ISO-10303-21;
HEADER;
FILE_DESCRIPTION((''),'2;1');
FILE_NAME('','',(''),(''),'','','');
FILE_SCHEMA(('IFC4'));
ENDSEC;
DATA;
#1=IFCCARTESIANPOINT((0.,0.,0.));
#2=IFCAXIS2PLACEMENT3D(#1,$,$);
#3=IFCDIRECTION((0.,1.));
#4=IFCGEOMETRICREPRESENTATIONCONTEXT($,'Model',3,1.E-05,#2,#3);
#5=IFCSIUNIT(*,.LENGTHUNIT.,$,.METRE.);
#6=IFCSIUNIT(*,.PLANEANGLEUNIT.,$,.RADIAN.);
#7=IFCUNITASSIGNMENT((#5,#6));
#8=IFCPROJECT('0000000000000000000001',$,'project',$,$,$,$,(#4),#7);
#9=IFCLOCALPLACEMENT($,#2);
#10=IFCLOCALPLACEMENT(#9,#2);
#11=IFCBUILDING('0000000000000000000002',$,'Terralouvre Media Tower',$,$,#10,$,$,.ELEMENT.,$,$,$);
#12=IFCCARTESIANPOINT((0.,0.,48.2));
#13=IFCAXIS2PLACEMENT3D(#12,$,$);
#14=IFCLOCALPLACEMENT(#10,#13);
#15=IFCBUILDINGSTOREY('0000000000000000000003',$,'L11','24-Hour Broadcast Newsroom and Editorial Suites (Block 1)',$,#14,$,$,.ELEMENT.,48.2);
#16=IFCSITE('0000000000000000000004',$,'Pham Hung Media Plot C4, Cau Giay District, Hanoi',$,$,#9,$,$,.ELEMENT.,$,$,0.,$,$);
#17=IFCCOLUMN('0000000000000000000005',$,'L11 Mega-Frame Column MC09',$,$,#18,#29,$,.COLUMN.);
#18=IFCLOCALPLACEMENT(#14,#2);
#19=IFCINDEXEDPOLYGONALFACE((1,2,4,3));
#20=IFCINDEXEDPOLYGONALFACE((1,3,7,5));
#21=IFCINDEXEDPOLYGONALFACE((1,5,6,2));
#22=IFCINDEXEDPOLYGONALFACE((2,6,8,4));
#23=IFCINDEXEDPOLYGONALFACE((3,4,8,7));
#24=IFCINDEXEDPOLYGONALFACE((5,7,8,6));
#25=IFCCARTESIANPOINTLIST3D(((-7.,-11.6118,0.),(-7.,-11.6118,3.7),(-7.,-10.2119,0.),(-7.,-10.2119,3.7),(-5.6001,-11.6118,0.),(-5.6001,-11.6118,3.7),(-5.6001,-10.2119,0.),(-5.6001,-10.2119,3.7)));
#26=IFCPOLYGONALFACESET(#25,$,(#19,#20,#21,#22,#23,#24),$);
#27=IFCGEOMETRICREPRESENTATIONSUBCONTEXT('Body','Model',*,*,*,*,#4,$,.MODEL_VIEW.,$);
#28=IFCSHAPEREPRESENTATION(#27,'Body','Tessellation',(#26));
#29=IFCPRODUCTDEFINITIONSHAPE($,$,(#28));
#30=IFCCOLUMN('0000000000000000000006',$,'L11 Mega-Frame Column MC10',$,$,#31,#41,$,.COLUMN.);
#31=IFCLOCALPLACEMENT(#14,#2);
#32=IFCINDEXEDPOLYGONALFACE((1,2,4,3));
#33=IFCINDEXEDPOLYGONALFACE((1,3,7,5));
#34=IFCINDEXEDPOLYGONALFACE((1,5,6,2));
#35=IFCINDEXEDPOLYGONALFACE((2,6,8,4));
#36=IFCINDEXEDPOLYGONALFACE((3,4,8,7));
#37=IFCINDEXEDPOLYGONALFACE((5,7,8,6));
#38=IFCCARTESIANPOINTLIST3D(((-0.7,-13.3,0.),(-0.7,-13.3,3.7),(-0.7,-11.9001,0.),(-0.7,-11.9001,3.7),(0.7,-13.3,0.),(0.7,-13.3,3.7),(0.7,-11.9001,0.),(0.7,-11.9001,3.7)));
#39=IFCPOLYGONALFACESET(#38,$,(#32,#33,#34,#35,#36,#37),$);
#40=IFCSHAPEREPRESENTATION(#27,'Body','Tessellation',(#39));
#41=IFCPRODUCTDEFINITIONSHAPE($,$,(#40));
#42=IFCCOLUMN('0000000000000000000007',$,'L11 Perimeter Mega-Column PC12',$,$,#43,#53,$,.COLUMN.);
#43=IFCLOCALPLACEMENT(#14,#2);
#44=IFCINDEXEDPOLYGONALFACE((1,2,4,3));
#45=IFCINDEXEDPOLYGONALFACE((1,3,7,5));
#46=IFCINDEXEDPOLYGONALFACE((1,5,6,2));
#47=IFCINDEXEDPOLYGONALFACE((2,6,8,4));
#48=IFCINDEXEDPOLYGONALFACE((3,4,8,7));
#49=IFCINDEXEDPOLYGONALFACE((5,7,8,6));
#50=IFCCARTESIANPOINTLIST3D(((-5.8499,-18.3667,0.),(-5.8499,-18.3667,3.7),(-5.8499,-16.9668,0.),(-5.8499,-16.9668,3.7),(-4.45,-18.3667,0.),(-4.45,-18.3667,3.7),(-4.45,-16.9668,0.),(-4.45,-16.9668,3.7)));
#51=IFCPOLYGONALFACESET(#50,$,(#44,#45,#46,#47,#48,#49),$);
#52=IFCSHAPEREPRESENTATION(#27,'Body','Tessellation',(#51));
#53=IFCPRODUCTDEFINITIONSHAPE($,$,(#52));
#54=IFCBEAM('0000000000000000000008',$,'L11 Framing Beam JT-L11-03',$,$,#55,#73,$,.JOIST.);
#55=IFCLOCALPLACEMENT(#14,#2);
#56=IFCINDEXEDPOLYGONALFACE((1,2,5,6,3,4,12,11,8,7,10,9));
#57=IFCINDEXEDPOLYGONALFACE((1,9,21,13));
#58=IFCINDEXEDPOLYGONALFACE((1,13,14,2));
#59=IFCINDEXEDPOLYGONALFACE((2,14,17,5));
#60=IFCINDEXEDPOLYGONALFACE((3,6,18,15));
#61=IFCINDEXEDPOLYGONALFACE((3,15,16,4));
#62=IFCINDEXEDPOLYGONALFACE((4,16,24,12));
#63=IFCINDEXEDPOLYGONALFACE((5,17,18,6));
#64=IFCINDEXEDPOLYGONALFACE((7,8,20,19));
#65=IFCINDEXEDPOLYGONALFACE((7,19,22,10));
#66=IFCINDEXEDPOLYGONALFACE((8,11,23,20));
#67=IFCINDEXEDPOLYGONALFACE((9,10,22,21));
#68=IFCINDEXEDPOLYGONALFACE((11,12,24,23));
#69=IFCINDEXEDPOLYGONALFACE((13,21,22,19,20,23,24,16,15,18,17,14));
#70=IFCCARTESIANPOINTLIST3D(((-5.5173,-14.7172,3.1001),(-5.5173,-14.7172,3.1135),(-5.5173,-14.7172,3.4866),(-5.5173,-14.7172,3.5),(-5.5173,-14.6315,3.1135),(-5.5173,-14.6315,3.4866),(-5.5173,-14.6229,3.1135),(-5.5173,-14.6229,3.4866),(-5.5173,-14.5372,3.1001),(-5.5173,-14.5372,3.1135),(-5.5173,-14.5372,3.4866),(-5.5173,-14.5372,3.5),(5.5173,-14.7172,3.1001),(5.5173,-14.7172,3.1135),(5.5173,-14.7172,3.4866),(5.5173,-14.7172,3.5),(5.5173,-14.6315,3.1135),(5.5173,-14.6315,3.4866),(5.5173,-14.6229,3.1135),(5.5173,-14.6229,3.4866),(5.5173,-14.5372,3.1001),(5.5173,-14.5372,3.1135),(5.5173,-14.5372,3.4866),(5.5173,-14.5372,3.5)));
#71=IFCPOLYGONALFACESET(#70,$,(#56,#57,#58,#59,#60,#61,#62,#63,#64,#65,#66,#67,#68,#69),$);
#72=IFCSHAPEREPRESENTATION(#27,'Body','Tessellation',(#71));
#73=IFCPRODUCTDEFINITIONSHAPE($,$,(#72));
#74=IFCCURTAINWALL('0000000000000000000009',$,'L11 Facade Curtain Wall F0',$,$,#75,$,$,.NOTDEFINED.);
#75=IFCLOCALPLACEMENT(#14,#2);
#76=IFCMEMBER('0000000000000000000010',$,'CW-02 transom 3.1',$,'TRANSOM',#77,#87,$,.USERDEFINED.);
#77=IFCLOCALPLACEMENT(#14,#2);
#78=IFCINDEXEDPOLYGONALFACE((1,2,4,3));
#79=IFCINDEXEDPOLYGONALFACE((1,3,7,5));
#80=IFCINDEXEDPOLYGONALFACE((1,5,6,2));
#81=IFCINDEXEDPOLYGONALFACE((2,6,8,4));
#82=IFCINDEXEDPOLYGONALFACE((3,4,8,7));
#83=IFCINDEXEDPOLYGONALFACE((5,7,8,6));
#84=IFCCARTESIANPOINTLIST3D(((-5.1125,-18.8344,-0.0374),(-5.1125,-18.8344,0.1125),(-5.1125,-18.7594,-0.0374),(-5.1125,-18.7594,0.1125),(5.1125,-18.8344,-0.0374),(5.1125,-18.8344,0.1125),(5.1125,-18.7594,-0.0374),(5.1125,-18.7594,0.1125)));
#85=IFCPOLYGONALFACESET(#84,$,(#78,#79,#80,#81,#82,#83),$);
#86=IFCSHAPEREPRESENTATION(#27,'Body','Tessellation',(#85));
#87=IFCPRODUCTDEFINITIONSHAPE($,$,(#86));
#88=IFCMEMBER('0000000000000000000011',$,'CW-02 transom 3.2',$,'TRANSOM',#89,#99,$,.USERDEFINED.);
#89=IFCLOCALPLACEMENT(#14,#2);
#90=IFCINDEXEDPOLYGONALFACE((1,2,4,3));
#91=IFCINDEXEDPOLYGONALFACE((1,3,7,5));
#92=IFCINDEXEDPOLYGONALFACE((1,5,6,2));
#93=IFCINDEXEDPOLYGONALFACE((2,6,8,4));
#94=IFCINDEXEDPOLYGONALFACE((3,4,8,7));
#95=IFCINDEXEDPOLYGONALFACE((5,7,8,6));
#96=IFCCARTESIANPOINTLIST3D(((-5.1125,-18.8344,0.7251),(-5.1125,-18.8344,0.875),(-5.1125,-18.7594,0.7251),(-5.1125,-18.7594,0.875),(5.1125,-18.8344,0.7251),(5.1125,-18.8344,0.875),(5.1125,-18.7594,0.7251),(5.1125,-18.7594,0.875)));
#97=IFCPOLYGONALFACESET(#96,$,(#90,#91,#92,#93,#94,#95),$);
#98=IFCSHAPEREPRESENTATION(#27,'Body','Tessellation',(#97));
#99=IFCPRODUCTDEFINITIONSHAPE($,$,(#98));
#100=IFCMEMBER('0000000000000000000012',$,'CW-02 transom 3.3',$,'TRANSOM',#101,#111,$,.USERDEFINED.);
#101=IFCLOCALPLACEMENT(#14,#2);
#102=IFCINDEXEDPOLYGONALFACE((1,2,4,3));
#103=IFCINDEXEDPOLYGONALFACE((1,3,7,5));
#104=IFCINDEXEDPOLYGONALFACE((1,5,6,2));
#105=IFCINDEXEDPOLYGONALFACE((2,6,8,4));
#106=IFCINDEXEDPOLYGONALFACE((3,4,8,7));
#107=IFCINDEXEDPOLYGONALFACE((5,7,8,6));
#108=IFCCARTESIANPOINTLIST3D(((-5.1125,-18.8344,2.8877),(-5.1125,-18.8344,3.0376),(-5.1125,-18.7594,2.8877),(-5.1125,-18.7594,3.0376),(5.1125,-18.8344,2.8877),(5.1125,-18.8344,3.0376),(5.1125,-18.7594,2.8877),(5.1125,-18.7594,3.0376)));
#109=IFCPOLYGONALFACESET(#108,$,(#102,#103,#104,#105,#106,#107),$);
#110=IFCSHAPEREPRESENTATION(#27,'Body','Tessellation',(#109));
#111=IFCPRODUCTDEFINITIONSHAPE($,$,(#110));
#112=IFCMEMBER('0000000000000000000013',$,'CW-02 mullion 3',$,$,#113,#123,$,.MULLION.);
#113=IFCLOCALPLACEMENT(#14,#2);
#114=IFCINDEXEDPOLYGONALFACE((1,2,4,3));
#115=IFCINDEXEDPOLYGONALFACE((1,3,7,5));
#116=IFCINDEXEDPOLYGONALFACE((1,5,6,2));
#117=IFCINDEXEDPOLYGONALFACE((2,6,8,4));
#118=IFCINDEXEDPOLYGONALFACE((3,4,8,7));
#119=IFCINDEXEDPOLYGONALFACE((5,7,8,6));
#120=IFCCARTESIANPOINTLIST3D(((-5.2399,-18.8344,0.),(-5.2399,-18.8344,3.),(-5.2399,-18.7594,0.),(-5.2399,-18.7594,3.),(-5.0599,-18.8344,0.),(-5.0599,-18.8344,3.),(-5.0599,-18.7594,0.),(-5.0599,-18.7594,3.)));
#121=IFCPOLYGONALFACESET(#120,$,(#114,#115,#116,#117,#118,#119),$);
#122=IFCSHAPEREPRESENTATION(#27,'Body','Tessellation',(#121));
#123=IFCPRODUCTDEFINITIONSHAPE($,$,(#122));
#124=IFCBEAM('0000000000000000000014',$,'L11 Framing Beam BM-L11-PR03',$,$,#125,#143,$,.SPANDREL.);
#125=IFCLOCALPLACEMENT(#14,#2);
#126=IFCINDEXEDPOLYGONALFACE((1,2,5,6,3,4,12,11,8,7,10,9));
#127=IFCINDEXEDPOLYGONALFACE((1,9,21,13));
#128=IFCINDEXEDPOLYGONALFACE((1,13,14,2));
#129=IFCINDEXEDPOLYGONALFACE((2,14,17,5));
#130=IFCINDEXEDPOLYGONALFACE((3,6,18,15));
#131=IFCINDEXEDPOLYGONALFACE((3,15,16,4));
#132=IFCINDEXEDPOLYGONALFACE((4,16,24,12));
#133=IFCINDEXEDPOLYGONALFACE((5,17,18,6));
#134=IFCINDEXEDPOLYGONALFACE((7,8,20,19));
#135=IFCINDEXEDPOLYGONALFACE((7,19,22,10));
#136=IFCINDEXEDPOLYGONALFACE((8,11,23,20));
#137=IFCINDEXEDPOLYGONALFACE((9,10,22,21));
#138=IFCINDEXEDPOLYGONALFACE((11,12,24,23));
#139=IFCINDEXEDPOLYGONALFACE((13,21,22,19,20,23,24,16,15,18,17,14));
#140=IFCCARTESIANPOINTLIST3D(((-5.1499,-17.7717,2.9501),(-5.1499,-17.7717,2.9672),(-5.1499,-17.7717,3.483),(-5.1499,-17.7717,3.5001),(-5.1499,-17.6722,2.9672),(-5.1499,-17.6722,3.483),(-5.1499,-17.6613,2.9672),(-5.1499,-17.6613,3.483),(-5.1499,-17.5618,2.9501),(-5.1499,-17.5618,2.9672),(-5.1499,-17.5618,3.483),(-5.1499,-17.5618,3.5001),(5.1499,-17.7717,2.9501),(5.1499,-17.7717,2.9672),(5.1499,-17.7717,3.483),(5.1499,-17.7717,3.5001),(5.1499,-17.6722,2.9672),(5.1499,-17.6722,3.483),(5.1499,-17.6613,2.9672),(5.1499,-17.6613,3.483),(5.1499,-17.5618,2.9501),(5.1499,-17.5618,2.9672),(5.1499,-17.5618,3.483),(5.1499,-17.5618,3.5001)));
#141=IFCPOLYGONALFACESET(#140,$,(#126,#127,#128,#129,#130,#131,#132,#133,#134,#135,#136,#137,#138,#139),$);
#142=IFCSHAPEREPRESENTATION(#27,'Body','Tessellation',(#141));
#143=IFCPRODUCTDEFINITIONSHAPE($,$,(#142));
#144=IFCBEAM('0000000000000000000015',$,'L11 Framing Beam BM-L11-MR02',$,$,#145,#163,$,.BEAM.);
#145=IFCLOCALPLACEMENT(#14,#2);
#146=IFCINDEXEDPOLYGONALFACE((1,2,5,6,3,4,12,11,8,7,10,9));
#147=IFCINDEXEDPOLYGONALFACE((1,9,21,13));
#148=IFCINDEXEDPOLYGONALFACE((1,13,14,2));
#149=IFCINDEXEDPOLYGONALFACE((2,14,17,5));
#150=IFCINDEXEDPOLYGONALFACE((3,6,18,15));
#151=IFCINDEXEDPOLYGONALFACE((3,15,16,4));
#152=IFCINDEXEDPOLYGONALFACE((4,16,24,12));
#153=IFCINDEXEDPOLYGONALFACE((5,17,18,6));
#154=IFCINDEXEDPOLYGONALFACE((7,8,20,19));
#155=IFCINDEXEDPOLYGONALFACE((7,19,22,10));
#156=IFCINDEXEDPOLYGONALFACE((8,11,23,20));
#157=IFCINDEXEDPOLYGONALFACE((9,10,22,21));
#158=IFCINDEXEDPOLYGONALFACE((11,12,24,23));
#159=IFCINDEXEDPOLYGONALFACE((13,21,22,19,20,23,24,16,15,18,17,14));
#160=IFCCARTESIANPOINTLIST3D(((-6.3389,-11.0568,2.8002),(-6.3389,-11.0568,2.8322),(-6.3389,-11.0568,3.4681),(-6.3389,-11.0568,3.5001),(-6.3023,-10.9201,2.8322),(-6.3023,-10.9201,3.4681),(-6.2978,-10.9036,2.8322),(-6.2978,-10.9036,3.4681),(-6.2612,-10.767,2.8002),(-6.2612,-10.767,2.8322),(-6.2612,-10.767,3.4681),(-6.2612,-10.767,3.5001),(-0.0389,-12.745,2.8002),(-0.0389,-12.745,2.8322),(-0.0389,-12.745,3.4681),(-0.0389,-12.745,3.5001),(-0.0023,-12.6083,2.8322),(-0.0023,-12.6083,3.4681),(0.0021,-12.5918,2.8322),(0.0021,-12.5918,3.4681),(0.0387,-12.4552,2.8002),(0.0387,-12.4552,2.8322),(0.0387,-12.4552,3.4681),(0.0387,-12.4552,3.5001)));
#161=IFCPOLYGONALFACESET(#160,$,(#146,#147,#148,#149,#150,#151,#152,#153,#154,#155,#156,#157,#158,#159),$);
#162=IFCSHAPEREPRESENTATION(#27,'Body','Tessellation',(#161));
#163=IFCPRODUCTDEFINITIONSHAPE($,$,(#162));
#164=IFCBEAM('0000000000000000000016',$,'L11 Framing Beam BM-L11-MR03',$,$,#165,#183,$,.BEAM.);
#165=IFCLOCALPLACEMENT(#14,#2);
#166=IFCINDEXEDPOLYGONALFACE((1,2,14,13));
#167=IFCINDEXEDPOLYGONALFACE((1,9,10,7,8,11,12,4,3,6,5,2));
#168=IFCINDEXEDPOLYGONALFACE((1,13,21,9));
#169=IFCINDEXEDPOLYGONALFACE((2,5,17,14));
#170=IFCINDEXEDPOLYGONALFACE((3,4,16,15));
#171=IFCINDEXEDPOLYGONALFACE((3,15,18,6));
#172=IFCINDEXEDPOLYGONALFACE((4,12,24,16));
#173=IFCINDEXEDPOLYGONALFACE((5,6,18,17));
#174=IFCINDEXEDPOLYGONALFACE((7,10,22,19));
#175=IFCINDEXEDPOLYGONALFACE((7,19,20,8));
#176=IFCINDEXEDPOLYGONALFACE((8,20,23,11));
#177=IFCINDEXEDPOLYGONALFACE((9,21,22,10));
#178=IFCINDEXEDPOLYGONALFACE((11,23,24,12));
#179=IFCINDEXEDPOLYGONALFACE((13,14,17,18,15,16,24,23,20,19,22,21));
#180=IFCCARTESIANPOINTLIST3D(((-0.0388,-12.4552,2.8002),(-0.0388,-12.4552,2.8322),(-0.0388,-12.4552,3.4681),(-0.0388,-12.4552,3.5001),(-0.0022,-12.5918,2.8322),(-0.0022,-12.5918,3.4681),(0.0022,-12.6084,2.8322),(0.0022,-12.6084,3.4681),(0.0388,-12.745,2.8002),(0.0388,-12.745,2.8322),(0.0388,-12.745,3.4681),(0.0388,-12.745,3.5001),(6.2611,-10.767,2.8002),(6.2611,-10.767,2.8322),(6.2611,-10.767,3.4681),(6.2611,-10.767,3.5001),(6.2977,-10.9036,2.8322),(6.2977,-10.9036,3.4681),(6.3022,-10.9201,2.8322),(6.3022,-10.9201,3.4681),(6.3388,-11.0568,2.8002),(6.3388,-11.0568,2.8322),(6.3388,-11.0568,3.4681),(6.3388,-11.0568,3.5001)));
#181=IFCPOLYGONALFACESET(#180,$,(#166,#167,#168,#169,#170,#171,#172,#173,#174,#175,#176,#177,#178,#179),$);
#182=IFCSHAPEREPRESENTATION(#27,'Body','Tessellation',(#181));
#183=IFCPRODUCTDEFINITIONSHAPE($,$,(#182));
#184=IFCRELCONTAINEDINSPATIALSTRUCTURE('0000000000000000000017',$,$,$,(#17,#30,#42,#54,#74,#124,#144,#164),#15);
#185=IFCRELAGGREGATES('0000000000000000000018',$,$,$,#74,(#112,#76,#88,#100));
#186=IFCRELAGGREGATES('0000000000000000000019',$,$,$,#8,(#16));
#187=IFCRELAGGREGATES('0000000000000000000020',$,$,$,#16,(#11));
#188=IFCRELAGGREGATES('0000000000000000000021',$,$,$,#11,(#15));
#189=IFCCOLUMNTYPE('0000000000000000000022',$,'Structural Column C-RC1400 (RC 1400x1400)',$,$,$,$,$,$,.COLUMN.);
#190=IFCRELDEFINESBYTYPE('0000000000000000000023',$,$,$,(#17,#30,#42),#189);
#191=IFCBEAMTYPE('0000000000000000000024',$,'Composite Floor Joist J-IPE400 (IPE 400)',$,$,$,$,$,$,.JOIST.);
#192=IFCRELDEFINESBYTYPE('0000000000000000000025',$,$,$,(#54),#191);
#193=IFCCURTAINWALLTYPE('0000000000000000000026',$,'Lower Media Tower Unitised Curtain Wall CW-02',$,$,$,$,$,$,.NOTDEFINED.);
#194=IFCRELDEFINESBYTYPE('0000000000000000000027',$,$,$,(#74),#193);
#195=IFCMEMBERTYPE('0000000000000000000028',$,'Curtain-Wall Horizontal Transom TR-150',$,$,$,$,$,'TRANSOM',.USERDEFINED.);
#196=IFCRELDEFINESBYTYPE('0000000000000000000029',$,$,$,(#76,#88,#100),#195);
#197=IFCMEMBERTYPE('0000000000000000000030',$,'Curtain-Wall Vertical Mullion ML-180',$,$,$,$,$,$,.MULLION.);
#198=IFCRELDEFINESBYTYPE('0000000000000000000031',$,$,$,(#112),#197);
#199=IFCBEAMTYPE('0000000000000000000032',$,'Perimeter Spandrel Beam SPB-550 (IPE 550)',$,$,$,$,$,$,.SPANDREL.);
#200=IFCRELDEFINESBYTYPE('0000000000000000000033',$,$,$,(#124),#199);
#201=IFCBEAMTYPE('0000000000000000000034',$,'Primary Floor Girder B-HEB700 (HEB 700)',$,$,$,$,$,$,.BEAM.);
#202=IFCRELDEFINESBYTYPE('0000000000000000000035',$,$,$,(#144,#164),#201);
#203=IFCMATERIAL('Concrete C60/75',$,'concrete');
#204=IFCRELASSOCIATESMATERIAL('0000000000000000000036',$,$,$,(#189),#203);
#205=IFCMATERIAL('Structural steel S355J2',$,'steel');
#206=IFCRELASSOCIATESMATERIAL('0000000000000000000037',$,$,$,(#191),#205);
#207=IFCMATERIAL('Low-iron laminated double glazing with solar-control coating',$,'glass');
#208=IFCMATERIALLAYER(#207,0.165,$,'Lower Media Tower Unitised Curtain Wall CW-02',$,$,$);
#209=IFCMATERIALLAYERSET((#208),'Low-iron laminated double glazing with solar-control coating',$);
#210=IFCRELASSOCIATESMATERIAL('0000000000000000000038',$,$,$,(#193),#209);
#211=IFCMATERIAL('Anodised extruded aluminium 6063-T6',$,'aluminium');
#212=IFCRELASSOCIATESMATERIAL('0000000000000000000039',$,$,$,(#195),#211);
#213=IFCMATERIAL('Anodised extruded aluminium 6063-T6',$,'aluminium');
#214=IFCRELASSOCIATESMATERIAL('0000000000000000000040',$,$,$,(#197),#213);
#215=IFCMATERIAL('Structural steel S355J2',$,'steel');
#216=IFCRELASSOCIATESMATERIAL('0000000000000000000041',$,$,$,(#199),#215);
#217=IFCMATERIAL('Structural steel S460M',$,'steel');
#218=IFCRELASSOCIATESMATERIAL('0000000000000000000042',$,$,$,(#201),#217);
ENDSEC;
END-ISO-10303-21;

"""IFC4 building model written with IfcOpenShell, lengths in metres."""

from ifc_helpers import new_model, si_unit, direction, frame, origin, origin_2d, place, context, subcontext, project, spatial, rectangle, i_section, extrude, material, layer, layer_set, material_profile, profile_set, type_object, element, aggregate, save


model = new_model("IFC4")

# Units and contexts
model_context = context("Model", 3, precision=1e-05, world=origin(), true_north=direction((0.0, 1.0)))
body_context = subcontext(model_context, "Body", "Model", "MODEL_VIEW")
ifc_project = project(units=[si_unit("LENGTHUNIT", "METRE"), si_unit("PLANEANGLEUNIT", "RADIAN")], contexts=[model_context])

# Site, building, storey
site_placement = place(None, origin())
site = spatial("IfcSite", under=ifc_project, at=site_placement, Name="Pham Hung Media Plot C4, Cau Giay District, Hanoi", CompositionType="ELEMENT", RefElevation=0.0)
building_placement = place(site_placement, origin())
building = spatial("IfcBuilding", under=site, at=building_placement, Name="Terralouvre Media Tower", CompositionType="ELEMENT")
storey_placement = place(building_placement, frame((0.0, 0.0, 48.2)))
storey = spatial("IfcBuildingStorey", under=building, at=storey_placement, Name="L11", Description="24-Hour Broadcast Newsroom and Editorial Suites (Block 1)", CompositionType="ELEMENT", Elevation=48.2)

# Columns
ifc_material_1 = material(Name="Concrete C60/75", Category="concrete")
ifc_material_profile_1 = material_profile(ifc_material_1, rectangle(XDim=1.3999, YDim=1.3999, at=origin_2d()), Name="RC 1400x1400")
ifc_profile_set_1 = profile_set([ifc_material_profile_1], Name="Concrete C60/75")
column_type = type_object("IfcColumnType", Name="Structural Column C-RC1400 (RC 1400x1400)", PredefinedType="COLUMN", material=ifc_profile_set_1)
for number, where, z_axis, x_axis, name in (
    (1, (-6.3, -10.9119, 0.0), (0.0, 0.0, 1.0), (1.0, 0.0, 0.0), "L11 Mega-Frame Column MC09"),
    (2, (0.0, -12.6001, 0.0), (0.0, 0.0, 1.0), (1.0, 0.0, 0.0), "L11 Mega-Frame Column MC10"),
    (3, (-5.1499, -17.6667, 0.0), (0.0, 0.0, 1.0), (1.0, 0.0, 0.0), "L11 Perimeter Mega-Column PC12"),
):
    element("IfcColumn", number, at=place(storey_placement, frame(where, z_axis=z_axis, x_axis=x_axis)), inside=storey, type_object=column_type, Name=name, PredefinedType="COLUMN", context=body_context, shape_type="SweptSolid", body=[
        extrude(rectangle(XDim=1.3999, YDim=1.3999, at=origin_2d()), origin(), (0.0, 0.0, 1.0), 3.7),
    ])

# Beam
ifc_material_2 = material(Name="Structural steel S355J2", Category="steel")
ifc_material_profile_2 = material_profile(ifc_material_2, i_section(OverallWidth=0.1799, OverallDepth=0.3999, WebThickness=0.0085, FlangeThickness=0.0134, at=origin_2d()), Name="IPE 400")
ifc_profile_set_2 = profile_set([ifc_material_profile_2], Name="Structural steel S355J2")
beam_type_1 = type_object("IfcBeamType", Name="Composite Floor Joist J-IPE400 (IPE 400)", PredefinedType="JOIST", material=ifc_profile_set_2)
beam_1_placement = place(storey_placement, frame((-5.5173, -14.6272, 3.3), z_axis=(1.0, 0.0, 0.0), x_axis=(0.0, 1.0, 0.0)))
element("IfcBeam", 4, at=beam_1_placement, inside=storey, type_object=beam_type_1, Name="L11 Framing Beam JT-L11-03", PredefinedType="JOIST", context=body_context, shape_type="SweptSolid", body=[
    extrude(i_section(OverallWidth=0.1799, OverallDepth=0.3999, WebThickness=0.0085, FlangeThickness=0.0134, at=origin_2d()), origin(), (0.0, 0.0, 1.0), 11.0347),
])

# Curtain wall, members
ifc_material_3 = material(Name="Low-iron laminated double glazing with solar-control coating", Category="glass")
ifc_layer_1 = layer(ifc_material_3, 0.165, Name="Lower Media Tower Unitised Curtain Wall CW-02")
ifc_layer_set_1 = layer_set([ifc_layer_1], Name="Low-iron laminated double glazing with solar-control coating")
curtain_wall_type = type_object("IfcCurtainWallType", Name="Lower Media Tower Unitised Curtain Wall CW-02", PredefinedType="NOTDEFINED", material=ifc_layer_set_1)
curtain_wall_placement = place(storey_placement, origin())
curtain_wall = element("IfcCurtainWall", 5, at=curtain_wall_placement, inside=storey, type_object=curtain_wall_type, Name="L11 Facade Curtain Wall F0", PredefinedType="NOTDEFINED")
ifc_material_4 = material(Name="Anodised extruded aluminium 6063-T6", Category="aluminium")
ifc_material_profile_3 = material_profile(ifc_material_4, rectangle(XDim=0.075, YDim=0.1499, at=origin_2d()), Name="ALU 75x150")
ifc_profile_set_3 = profile_set([ifc_material_profile_3], Name="Anodised extruded aluminium 6063-T6")
member_type_1 = type_object("IfcMemberType", Name="Curtain-Wall Horizontal Transom TR-150", ElementType="TRANSOM", PredefinedType="USERDEFINED", material=ifc_profile_set_3)
member_1_placement = place(storey_placement, frame((-5.1125, -18.7969, 0.0376), z_axis=(1.0, 0.0, 0.0), x_axis=(0.0, 1.0, 0.0)))
member_1 = element("IfcMember", 6, at=member_1_placement, type_object=member_type_1, Name="CW-02 transom 3.1", ObjectType="TRANSOM", PredefinedType="USERDEFINED", context=body_context, shape_type="SweptSolid", body=[
    extrude(rectangle(XDim=0.075, YDim=0.1499, at=origin_2d()), origin(), (0.0, 0.0, 1.0), 10.2251),
])
member_2_placement = place(storey_placement, frame((-5.1125, -18.7969, 0.8), z_axis=(1.0, 0.0, 0.0), x_axis=(0.0, 1.0, 0.0)))
member_2 = element("IfcMember", 7, at=member_2_placement, type_object=member_type_1, Name="CW-02 transom 3.2", ObjectType="TRANSOM", PredefinedType="USERDEFINED", context=body_context, shape_type="SweptSolid", body=[
    extrude(rectangle(XDim=0.075, YDim=0.1499, at=origin_2d()), origin(), (0.0, 0.0, 1.0), 10.2251),
])
member_3_placement = place(storey_placement, frame((-5.1125, -18.7969, 2.9626), z_axis=(1.0, 0.0, 0.0), x_axis=(0.0, 1.0, 0.0)))
member_3 = element("IfcMember", 8, at=member_3_placement, type_object=member_type_1, Name="CW-02 transom 3.3", ObjectType="TRANSOM", PredefinedType="USERDEFINED", context=body_context, shape_type="SweptSolid", body=[
    extrude(rectangle(XDim=0.075, YDim=0.1499, at=origin_2d()), origin(), (0.0, 0.0, 1.0), 10.2251),
])
ifc_material_5 = material(Name="Anodised extruded aluminium 6063-T6", Category="aluminium")
ifc_material_profile_4 = material_profile(ifc_material_5, rectangle(XDim=0.075, YDim=0.1799, at=origin_2d()), Name="ALU 75x180")
ifc_profile_set_4 = profile_set([ifc_material_profile_4], Name="Anodised extruded aluminium 6063-T6")
member_type_2 = type_object("IfcMemberType", Name="Curtain-Wall Vertical Mullion ML-180", PredefinedType="MULLION", material=ifc_profile_set_4)
member_4_placement = place(storey_placement, frame((-5.1499, -18.7969, 0.0), z_axis=(0.0, 0.0, 1.0), x_axis=(0.0, 1.0, 0.0)))
member_4 = element("IfcMember", 9, at=member_4_placement, type_object=member_type_2, Name="CW-02 mullion 3", PredefinedType="MULLION", context=body_context, shape_type="SweptSolid", body=[
    extrude(rectangle(XDim=0.075, YDim=0.1799, at=origin_2d()), origin(), (0.0, 0.0, 1.0), 3.0),
])

# Beams
ifc_material_6 = material(Name="Structural steel S355J2", Category="steel")
ifc_material_profile_5 = material_profile(ifc_material_6, i_section(OverallWidth=0.21, OverallDepth=0.55, WebThickness=0.011, FlangeThickness=0.0171, at=origin_2d()), Name="IPE 550")
ifc_profile_set_5 = profile_set([ifc_material_profile_5], Name="Structural steel S355J2")
beam_type_2 = type_object("IfcBeamType", Name="Perimeter Spandrel Beam SPB-550 (IPE 550)", PredefinedType="SPANDREL", material=ifc_profile_set_5)
beam_2_placement = place(storey_placement, frame((-5.1499, -17.6667, 3.2251), z_axis=(1.0, 0.0, 0.0), x_axis=(0.0, 1.0, 0.0)))
element("IfcBeam", 10, at=beam_2_placement, inside=storey, type_object=beam_type_2, Name="L11 Framing Beam BM-L11-PR03", PredefinedType="SPANDREL", context=body_context, shape_type="SweptSolid", body=[
    extrude(i_section(OverallWidth=0.21, OverallDepth=0.55, WebThickness=0.011, FlangeThickness=0.0171, at=origin_2d()), origin(), (0.0, 0.0, 1.0), 10.2998),
])
ifc_material_7 = material(Name="Structural steel S460M", Category="steel")
ifc_material_profile_6 = material_profile(ifc_material_7, i_section(OverallWidth=0.3, OverallDepth=0.7, WebThickness=0.0171, FlangeThickness=0.032, at=origin_2d()), Name="HEB 700")
ifc_profile_set_6 = profile_set([ifc_material_profile_6], Name="Structural steel S460M")
beam_type_3 = type_object("IfcBeamType", Name="Primary Floor Girder B-HEB700 (HEB 700)", PredefinedType="BEAM", material=ifc_profile_set_6)
for number, where, z_axis, x_axis, name in (
    (11, (-6.3, -10.9119, 3.1501), (0.96592, -0.258839, 0.0), (0.258839, 0.96592, 0.0), "L11 Framing Beam BM-L11-MR02"),
    (12, (0.0, -12.6001, 3.1501), (0.96592, 0.258839, 0.0), (-0.258839, 0.96592, 0.0), "L11 Framing Beam BM-L11-MR03"),
):
    element("IfcBeam", number, at=place(storey_placement, frame(where, z_axis=z_axis, x_axis=x_axis)), inside=storey, type_object=beam_type_3, Name=name, PredefinedType="BEAM", context=body_context, shape_type="SweptSolid", body=[
        extrude(i_section(OverallWidth=0.3, OverallDepth=0.7, WebThickness=0.0171, FlangeThickness=0.032, at=origin_2d()), origin(), (0.0, 0.0, 1.0), 6.5222),
    ])

aggregate(curtain_wall, [member_4, member_1, member_2, member_3])

save(model, "model.ifc")
